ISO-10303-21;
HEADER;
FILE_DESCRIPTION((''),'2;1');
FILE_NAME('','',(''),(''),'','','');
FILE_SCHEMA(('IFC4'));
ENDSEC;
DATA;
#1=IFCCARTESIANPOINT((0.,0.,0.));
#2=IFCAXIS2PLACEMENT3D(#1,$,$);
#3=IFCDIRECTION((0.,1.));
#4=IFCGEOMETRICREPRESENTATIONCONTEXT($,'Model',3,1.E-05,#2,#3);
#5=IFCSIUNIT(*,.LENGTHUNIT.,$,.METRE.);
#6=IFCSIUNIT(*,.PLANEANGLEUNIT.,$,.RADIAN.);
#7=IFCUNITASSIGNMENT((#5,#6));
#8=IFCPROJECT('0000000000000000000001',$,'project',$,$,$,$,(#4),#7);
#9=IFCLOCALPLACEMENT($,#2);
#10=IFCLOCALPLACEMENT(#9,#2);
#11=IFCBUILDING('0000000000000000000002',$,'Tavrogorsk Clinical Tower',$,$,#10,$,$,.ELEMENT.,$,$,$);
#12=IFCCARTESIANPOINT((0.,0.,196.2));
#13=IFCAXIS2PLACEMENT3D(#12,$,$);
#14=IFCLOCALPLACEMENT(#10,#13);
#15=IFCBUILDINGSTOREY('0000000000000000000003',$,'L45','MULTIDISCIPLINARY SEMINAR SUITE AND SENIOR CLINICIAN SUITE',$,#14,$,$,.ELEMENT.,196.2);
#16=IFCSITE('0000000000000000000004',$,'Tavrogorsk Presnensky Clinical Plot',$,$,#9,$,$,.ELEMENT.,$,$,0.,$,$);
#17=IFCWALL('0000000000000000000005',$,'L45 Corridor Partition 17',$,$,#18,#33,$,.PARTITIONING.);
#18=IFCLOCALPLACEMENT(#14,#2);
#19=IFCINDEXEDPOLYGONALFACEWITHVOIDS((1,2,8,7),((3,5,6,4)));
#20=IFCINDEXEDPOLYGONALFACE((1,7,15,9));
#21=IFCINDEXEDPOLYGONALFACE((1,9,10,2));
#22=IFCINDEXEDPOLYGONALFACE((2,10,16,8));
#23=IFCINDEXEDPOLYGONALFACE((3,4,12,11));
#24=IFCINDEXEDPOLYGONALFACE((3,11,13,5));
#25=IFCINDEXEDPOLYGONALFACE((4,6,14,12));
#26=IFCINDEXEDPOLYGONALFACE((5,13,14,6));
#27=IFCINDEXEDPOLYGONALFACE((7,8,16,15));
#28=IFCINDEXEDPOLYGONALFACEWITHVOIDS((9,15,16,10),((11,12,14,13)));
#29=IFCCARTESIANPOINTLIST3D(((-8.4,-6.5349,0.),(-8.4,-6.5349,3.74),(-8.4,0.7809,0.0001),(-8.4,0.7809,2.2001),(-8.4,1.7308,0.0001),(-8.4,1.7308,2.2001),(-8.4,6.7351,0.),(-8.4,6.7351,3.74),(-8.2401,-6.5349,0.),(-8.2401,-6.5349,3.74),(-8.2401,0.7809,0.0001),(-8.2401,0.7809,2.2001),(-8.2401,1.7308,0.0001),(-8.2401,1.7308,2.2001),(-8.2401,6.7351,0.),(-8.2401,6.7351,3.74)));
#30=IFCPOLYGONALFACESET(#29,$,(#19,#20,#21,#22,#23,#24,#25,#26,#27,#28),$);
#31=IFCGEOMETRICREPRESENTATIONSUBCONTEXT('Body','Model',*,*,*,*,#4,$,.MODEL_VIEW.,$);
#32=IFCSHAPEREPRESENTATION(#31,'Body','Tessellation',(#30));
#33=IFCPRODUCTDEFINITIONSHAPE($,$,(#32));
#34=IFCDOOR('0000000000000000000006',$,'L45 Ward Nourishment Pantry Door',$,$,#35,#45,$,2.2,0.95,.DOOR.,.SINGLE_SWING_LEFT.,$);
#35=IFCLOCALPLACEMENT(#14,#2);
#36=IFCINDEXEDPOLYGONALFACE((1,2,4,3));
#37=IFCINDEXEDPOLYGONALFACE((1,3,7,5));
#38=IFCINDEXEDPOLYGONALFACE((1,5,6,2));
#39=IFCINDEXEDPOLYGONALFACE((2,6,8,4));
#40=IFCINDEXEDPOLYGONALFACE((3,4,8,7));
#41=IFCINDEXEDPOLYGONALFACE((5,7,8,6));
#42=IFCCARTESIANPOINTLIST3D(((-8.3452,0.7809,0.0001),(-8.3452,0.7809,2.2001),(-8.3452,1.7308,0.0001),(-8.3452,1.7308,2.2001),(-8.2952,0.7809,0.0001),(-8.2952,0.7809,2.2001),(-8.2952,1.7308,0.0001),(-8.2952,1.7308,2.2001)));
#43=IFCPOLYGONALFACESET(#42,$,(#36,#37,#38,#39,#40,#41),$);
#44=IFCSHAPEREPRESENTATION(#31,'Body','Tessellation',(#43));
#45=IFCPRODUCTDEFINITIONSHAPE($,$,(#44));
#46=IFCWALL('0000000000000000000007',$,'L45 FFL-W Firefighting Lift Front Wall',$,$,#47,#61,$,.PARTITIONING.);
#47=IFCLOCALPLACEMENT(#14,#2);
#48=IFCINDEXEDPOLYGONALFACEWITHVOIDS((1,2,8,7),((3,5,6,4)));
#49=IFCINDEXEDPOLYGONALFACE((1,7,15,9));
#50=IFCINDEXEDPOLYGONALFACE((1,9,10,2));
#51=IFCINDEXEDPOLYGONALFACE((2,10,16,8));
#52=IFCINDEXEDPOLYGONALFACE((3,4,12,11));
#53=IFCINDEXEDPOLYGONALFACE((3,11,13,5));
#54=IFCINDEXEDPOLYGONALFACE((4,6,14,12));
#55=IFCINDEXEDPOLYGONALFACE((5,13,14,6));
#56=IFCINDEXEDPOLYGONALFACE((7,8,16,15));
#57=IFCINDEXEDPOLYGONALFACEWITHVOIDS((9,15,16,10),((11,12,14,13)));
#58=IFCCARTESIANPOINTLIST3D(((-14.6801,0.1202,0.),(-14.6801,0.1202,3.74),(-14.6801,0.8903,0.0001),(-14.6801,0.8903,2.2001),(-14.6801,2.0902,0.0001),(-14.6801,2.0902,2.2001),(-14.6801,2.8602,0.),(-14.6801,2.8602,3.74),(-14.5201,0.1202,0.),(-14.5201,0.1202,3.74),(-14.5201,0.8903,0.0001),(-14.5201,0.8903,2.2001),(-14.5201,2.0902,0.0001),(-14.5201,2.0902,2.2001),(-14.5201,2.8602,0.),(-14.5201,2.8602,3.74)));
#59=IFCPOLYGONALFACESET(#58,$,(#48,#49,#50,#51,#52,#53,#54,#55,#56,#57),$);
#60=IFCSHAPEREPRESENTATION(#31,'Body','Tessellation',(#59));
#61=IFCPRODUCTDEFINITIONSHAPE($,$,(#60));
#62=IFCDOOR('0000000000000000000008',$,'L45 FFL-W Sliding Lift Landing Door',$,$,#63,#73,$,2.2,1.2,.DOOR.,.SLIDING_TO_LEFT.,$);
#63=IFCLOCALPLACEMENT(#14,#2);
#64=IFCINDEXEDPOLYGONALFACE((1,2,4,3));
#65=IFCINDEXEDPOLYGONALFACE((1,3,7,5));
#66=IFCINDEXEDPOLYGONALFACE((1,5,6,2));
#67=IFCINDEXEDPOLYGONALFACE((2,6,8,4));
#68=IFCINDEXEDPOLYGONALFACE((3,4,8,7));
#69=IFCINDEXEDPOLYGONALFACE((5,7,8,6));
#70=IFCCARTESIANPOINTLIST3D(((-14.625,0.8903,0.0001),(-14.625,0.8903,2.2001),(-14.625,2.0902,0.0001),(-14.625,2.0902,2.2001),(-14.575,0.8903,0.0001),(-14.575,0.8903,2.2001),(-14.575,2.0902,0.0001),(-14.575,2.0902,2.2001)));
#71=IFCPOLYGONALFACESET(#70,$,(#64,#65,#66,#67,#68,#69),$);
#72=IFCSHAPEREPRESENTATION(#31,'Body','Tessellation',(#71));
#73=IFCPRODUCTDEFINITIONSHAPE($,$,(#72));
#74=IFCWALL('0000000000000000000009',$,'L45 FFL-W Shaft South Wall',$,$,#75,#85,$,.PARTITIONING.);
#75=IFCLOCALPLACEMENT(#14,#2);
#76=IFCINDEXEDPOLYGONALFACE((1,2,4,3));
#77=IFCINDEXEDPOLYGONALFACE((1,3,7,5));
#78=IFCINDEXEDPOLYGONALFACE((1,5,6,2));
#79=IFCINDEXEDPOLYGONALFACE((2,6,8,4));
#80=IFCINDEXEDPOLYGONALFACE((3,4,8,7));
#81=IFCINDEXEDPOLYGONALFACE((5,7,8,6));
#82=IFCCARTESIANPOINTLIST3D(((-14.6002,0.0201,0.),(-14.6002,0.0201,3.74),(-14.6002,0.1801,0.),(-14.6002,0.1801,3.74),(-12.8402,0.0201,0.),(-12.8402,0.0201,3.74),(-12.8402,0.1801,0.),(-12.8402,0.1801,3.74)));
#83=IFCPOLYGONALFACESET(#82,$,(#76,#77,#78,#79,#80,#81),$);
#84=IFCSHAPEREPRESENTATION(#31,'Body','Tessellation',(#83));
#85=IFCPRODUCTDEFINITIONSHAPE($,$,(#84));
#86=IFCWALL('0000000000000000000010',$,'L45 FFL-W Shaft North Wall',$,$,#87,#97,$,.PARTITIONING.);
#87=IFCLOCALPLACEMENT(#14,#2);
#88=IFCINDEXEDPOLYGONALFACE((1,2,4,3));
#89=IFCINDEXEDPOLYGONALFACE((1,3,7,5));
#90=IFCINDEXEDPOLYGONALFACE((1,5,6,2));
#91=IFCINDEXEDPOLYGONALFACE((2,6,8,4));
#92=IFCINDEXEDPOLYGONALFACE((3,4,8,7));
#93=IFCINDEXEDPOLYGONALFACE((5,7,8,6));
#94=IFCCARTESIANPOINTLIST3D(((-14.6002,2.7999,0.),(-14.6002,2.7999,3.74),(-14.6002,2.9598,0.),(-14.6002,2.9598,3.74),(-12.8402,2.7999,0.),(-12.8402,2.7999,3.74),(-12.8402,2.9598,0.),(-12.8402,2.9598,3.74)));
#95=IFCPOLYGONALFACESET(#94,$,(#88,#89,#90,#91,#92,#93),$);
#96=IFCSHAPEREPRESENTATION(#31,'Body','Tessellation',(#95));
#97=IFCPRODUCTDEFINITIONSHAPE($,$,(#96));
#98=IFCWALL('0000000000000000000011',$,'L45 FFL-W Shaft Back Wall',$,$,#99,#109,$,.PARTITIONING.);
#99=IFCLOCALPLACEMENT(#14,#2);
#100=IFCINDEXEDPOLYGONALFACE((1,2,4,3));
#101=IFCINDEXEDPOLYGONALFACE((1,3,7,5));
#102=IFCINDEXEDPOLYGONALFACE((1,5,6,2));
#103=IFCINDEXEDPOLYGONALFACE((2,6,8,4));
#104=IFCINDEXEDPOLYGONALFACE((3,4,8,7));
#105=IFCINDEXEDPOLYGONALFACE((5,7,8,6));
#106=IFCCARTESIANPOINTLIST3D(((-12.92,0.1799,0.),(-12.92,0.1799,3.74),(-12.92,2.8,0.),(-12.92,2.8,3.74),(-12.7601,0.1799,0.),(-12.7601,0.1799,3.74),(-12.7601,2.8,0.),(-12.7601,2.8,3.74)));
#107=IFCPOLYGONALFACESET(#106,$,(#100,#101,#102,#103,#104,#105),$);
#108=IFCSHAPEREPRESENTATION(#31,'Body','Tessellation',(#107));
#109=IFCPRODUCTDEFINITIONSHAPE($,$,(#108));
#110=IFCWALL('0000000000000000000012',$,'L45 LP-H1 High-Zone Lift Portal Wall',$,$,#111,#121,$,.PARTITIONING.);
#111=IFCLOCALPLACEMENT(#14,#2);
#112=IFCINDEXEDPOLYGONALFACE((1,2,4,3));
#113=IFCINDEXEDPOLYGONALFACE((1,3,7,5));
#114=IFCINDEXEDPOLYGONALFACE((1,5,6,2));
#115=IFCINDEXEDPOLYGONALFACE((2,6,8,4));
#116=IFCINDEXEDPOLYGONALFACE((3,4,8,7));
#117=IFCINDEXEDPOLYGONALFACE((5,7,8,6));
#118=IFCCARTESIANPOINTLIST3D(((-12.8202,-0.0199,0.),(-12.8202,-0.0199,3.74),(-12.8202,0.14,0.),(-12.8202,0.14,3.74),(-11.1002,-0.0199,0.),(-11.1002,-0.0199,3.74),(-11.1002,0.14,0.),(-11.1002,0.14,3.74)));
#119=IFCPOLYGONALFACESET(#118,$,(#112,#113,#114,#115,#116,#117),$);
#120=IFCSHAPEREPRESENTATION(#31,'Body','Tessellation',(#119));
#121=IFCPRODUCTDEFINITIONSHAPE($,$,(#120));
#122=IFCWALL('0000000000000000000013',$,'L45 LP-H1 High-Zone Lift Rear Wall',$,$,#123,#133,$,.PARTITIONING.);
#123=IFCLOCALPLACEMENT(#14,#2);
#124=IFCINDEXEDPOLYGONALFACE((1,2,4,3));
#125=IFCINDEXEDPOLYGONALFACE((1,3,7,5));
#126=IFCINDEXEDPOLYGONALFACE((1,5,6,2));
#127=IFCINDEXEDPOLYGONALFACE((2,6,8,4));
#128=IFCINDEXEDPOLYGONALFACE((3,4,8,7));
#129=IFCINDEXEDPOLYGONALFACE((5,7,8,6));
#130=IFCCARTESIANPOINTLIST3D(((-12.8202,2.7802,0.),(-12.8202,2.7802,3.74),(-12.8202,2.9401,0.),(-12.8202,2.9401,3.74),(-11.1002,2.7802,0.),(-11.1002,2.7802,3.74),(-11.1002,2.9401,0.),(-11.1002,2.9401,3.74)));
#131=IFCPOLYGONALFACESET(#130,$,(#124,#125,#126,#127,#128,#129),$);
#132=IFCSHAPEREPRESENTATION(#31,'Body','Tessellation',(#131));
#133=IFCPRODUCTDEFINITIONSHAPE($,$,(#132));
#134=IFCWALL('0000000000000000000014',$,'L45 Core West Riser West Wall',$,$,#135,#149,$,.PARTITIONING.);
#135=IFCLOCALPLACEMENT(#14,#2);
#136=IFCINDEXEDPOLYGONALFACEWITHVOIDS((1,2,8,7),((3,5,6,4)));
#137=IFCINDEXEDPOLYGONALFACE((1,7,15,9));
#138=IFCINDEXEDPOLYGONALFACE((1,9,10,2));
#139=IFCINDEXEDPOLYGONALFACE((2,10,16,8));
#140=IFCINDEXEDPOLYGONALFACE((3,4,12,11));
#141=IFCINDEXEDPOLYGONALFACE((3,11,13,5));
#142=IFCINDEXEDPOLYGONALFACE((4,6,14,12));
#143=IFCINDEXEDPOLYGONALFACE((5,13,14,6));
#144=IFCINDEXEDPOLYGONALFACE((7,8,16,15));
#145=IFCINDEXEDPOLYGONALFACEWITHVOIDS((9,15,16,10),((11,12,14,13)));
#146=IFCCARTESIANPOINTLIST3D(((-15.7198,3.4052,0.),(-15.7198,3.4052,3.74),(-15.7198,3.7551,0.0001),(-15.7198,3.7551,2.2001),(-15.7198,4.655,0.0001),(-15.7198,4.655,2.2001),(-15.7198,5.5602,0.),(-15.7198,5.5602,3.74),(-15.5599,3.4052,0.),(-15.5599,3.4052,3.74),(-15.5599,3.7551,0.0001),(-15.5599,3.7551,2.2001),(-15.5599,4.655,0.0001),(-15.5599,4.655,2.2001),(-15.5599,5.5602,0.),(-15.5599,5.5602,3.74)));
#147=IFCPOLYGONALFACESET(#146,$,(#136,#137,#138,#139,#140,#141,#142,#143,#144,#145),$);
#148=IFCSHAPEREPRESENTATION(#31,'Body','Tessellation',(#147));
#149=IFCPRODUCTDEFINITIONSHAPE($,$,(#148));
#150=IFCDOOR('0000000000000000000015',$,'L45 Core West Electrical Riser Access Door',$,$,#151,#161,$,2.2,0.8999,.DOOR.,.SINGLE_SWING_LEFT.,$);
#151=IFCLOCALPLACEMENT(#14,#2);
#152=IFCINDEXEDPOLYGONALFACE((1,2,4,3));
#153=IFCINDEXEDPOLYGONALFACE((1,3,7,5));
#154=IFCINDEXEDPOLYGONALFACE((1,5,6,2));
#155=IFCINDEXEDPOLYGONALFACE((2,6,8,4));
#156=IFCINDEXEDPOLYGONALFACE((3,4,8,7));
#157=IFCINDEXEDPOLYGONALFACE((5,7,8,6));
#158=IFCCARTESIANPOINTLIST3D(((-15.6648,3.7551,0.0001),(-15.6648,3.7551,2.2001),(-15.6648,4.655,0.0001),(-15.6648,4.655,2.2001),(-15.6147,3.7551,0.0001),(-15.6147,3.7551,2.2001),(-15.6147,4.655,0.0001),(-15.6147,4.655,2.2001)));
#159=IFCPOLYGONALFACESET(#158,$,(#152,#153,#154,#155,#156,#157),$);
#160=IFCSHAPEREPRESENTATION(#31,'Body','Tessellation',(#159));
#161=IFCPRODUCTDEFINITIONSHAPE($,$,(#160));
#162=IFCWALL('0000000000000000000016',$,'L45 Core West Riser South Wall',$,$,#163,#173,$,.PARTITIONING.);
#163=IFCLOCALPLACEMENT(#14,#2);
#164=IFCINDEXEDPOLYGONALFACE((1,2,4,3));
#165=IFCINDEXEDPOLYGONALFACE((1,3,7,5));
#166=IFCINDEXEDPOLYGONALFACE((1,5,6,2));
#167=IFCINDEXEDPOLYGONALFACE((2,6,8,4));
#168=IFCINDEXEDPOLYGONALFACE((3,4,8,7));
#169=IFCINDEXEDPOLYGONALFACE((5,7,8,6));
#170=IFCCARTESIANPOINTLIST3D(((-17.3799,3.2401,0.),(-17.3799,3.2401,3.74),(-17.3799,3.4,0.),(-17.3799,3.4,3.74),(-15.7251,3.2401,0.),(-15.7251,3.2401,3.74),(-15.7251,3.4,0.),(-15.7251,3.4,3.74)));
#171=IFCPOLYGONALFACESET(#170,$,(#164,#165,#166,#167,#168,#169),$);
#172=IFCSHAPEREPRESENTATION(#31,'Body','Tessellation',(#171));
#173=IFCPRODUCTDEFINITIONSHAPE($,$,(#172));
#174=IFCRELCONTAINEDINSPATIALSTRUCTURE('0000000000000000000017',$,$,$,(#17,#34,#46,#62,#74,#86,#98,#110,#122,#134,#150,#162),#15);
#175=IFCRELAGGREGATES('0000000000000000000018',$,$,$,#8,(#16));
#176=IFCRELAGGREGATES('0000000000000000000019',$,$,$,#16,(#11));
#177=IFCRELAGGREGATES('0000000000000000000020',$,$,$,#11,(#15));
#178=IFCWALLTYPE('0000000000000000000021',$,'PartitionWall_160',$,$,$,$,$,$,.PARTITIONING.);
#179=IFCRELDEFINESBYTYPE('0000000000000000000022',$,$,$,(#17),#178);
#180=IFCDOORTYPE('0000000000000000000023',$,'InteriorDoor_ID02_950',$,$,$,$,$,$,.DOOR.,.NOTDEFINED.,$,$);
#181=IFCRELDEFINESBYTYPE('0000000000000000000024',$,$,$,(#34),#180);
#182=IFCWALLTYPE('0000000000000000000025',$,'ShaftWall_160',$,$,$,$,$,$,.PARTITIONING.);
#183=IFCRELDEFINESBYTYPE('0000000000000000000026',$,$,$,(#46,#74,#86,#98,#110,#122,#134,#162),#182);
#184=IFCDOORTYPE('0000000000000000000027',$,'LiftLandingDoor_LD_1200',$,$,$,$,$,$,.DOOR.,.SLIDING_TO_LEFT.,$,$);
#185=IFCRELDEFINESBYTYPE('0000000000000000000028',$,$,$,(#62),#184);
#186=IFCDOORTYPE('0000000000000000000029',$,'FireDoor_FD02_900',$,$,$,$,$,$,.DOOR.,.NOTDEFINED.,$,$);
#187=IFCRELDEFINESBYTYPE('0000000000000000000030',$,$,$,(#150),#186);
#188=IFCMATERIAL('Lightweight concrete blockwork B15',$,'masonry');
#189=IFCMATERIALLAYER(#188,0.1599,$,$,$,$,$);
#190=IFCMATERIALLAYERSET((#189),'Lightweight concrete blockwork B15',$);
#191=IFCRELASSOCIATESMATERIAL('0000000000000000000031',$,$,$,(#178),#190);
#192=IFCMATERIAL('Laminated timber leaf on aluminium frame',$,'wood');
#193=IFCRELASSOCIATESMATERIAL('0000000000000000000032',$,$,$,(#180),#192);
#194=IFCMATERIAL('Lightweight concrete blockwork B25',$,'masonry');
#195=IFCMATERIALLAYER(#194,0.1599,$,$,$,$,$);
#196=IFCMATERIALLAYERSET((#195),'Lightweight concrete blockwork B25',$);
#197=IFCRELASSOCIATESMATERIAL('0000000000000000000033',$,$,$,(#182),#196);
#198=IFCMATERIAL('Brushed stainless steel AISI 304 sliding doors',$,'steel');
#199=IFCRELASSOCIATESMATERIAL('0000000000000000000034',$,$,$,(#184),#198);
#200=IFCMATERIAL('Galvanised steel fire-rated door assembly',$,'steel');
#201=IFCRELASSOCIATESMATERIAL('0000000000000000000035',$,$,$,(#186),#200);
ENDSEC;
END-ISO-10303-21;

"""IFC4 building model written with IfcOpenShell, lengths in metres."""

from ifc_helpers import new_model, si_unit, direction, frame, frame_2d, origin, place, context, subcontext, project, spatial, rectangle, extrude, material, layer, layer_set, type_object, element, fill, save


model = new_model("IFC4")

# Units and contexts
model_context = context("Model", 3, precision=1e-05, world=origin(), true_north=direction((0.0, 1.0)))
body_context = subcontext(model_context, "Body", "Model", "MODEL_VIEW")
ifc_project = project(units=[si_unit("LENGTHUNIT", "METRE"), si_unit("PLANEANGLEUNIT", "RADIAN")], contexts=[model_context])

# Site, building, storey
site_placement = place(None, origin())
site = spatial("IfcSite", under=ifc_project, at=site_placement, Name="Tavrogorsk Presnensky Clinical Plot", CompositionType="ELEMENT", RefElevation=0.0)
building_placement = place(site_placement, origin())
building = spatial("IfcBuilding", under=site, at=building_placement, Name="Tavrogorsk Clinical Tower", CompositionType="ELEMENT")
storey_placement = place(building_placement, frame((0.0, 0.0, 196.2)))
storey = spatial("IfcBuildingStorey", under=building, at=storey_placement, Name="L45", Description="MULTIDISCIPLINARY SEMINAR SUITE AND SENIOR CLINICIAN SUITE", CompositionType="ELEMENT", Elevation=196.2)

# Shared definitions
ifc_material_1 = material(Name="Lightweight concrete blockwork B15", Category="masonry")
ifc_layer_1 = layer(ifc_material_1, 0.1599)
ifc_layer_set_1 = layer_set([ifc_layer_1], Name="Lightweight concrete blockwork B15")
wall_type_1 = type_object("IfcWallType", Name="PartitionWall_160", PredefinedType="PARTITIONING", material=ifc_layer_set_1)
ifc_material_2 = material(Name="Laminated timber leaf on aluminium frame", Category="wood")
door_type_1 = type_object("IfcDoorType", Name="InteriorDoor_ID02_950", OperationType="NOTDEFINED", PredefinedType="DOOR", material=ifc_material_2)

# Walls, openings, doors
wall_1_placement = place(storey_placement, frame((-8.3201, 6.7351, 0.0), z_axis=(0.0, 0.0, 1.0), x_axis=(0.0, -1.0, 0.0)))
wall_1 = element("IfcWall", 1, at=wall_1_placement, inside=storey, type_object=wall_type_1, Name="L45 Corridor Partition 17", PredefinedType="PARTITIONING", context=body_context, shape_type="SweptSolid", body=[
    extrude(rectangle(XDim=13.27, YDim=0.1599, at=frame_2d((6.635, 0.0))), origin(), (0.0, 0.0, 1.0), 3.74),
])
opening_1_placement = place(wall_1_placement, frame((5.0042, 0.0, 0.0)))
opening_1 = element("IfcOpeningElement", 2, at=opening_1_placement, cuts=wall_1, PredefinedType="OPENING", context=body_context, shape_type="SweptSolid", body=[
    extrude(rectangle(XDim=0.95, YDim=2.2, at=frame_2d((0.4751, 1.1001))), frame((0.0, 0.0898, 0.0), z_axis=(0.0, -1.0, 0.0), x_axis=(1.0, 0.0, 0.0)), (0.0, 0.0, 1.0), 0.1799),
])
door_1_placement = place(opening_1_placement, origin())
door_1 = element("IfcDoor", 3, at=door_1_placement, inside=storey, type_object=door_type_1, Name="L45 Ward Nourishment Pantry Door", OperationType="SINGLE_SWING_LEFT", OverallHeight=2.2, OverallWidth=0.95, PredefinedType="DOOR", context=body_context, shape_type="SweptSolid", body=[
    extrude(rectangle(XDim=0.95, YDim=2.2, at=frame_2d((0.4751, 1.1001))), frame((0.0, 0.0249, 0.0), z_axis=(0.0, -1.0, 0.0), x_axis=(1.0, 0.0, 0.0)), (0.0, 0.0, 1.0), 0.05),
])
fill(opening_1, door_1)
ifc_material_3 = material(Name="Lightweight concrete blockwork B25", Category="masonry")
ifc_layer_2 = layer(ifc_material_3, 0.1599)
ifc_layer_set_2 = layer_set([ifc_layer_2], Name="Lightweight concrete blockwork B25")
wall_type_2 = type_object("IfcWallType", Name="ShaftWall_160", PredefinedType="PARTITIONING", material=ifc_layer_set_2)
wall_2_placement = place(storey_placement, frame((-14.6001, 0.1201, 0.0), z_axis=(0.0, 0.0, 1.0), x_axis=(0.0, 1.0, 0.0)))
wall_2 = element("IfcWall", 4, at=wall_2_placement, inside=storey, type_object=wall_type_2, Name="L45 FFL-W Firefighting Lift Front Wall", PredefinedType="PARTITIONING", context=body_context, shape_type="SweptSolid", body=[
    extrude(rectangle(XDim=2.74, YDim=0.1599, at=frame_2d((1.3701, 0.0))), origin(), (0.0, 0.0, 1.0), 3.74),
])
opening_2_placement = place(wall_2_placement, frame((0.77, 0.0, 0.0)))
opening_2 = element("IfcOpeningElement", 5, at=opening_2_placement, cuts=wall_2, PredefinedType="OPENING", context=body_context, shape_type="SweptSolid", body=[
    extrude(rectangle(XDim=1.2, YDim=2.2, at=frame_2d((0.6001, 1.1001))), frame((0.0, 0.0898, 0.0), z_axis=(0.0, -1.0, 0.0), x_axis=(1.0, 0.0, 0.0)), (0.0, 0.0, 1.0), 0.1799),
])
ifc_material_4 = material(Name="Brushed stainless steel AISI 304 sliding doors", Category="steel")
door_type_2 = type_object("IfcDoorType", Name="LiftLandingDoor_LD_1200", OperationType="SLIDING_TO_LEFT", PredefinedType="DOOR", material=ifc_material_4)
door_2_placement = place(opening_2_placement, origin())
door_2 = element("IfcDoor", 6, at=door_2_placement, inside=storey, type_object=door_type_2, Name="L45 FFL-W Sliding Lift Landing Door", OperationType="SLIDING_TO_LEFT", OverallHeight=2.2, OverallWidth=1.2, PredefinedType="DOOR", context=body_context, shape_type="SweptSolid", body=[
    extrude(rectangle(XDim=1.2, YDim=2.2, at=frame_2d((0.6001, 1.1001))), frame((0.0, 0.0249, 0.0), z_axis=(0.0, -1.0, 0.0), x_axis=(1.0, 0.0, 0.0)), (0.0, 0.0, 1.0), 0.05),
])
fill(opening_2, door_2)

# Walls
for number, where, z_axis, x_axis, name in (
    (7, (-14.6001, 0.1001, 0.0), (0.0, 0.0, 1.0), (1.0, 0.0, 0.0), "L45 FFL-W Shaft South Wall"),
    (8, (-14.6001, 2.8799, 0.0), (0.0, 0.0, 1.0), (1.0, 0.0, 0.0), "L45 FFL-W Shaft North Wall"),
):
    element("IfcWall", number, at=place(storey_placement, frame(where, z_axis=z_axis, x_axis=x_axis)), inside=storey, type_object=wall_type_2, Name=name, PredefinedType="PARTITIONING", context=body_context, shape_type="SweptSolid", body=[
        extrude(rectangle(XDim=1.76, YDim=0.1599, at=frame_2d((0.8799, 0.0))), origin(), (0.0, 0.0, 1.0), 3.74),
    ])
wall_3_placement = place(storey_placement, frame((-12.8401, 0.1799, 0.0), z_axis=(0.0, 0.0, 1.0), x_axis=(0.0, 1.0, 0.0)))
element("IfcWall", 9, at=wall_3_placement, inside=storey, type_object=wall_type_2, Name="L45 FFL-W Shaft Back Wall", PredefinedType="PARTITIONING", context=body_context, shape_type="SweptSolid", body=[
    extrude(rectangle(XDim=2.6201, YDim=0.1599, at=frame_2d((1.3101, 0.0))), origin(), (0.0, 0.0, 1.0), 3.74),
])
for number, where, z_axis, x_axis, name in (
    (10, (-12.8201, 0.0601, 0.0), (0.0, 0.0, 1.0), (1.0, 0.0, 0.0), "L45 LP-H1 High-Zone Lift Portal Wall"),
    (11, (-12.8201, 2.8601, 0.0), (0.0, 0.0, 1.0), (1.0, 0.0, 0.0), "L45 LP-H1 High-Zone Lift Rear Wall"),
):
    element("IfcWall", number, at=place(storey_placement, frame(where, z_axis=z_axis, x_axis=x_axis)), inside=storey, type_object=wall_type_2, Name=name, PredefinedType="PARTITIONING", context=body_context, shape_type="SweptSolid", body=[
        extrude(rectangle(XDim=1.72, YDim=0.1599, at=frame_2d((0.8599, 0.0))), origin(), (0.0, 0.0, 1.0), 3.74),
    ])

# Wall, opening, door
wall_4_placement = place(storey_placement, frame((-15.6399, 3.405, 0.0), z_axis=(0.0, 0.0, 1.0), x_axis=(0.0, 1.0, 0.0)))
wall_4 = element("IfcWall", 12, at=wall_4_placement, inside=storey, type_object=wall_type_2, Name="L45 Core West Riser West Wall", PredefinedType="PARTITIONING", context=body_context, shape_type="SweptSolid", body=[
    extrude(rectangle(XDim=2.155, YDim=0.1599, at=frame_2d((1.0776, 0.0))), origin(), (0.0, 0.0, 1.0), 3.74),
])
opening_3_placement = place(wall_4_placement, frame((0.3501, 0.0, 0.0)))
opening_3 = element("IfcOpeningElement", 13, at=opening_3_placement, cuts=wall_4, PredefinedType="OPENING", context=body_context, shape_type="SweptSolid", body=[
    extrude(rectangle(XDim=0.8999, YDim=2.2, at=frame_2d((0.45, 1.1001))), frame((0.0, 0.0898, 0.0), z_axis=(0.0, -1.0, 0.0), x_axis=(1.0, 0.0, 0.0)), (0.0, 0.0, 1.0), 0.1799),
])
ifc_material_5 = material(Name="Galvanised steel fire-rated door assembly", Category="steel")
door_type_3 = type_object("IfcDoorType", Name="FireDoor_FD02_900", OperationType="NOTDEFINED", PredefinedType="DOOR", material=ifc_material_5)
door_3_placement = place(opening_3_placement, origin())
door_3 = element("IfcDoor", 14, at=door_3_placement, inside=storey, type_object=door_type_3, Name="L45 Core West Electrical Riser Access Door", OperationType="SINGLE_SWING_LEFT", OverallHeight=2.2, OverallWidth=0.8999, PredefinedType="DOOR", context=body_context, shape_type="SweptSolid", body=[
    extrude(rectangle(XDim=0.8999, YDim=2.2, at=frame_2d((0.45, 1.1001))), frame((0.0, 0.0249, 0.0), z_axis=(0.0, -1.0, 0.0), x_axis=(1.0, 0.0, 0.0)), (0.0, 0.0, 1.0), 0.05),
])
fill(opening_3, door_3)

# Wall
wall_5_placement = place(storey_placement, frame((-17.3799, 3.3201, 0.0), z_axis=(0.0, 0.0, 1.0), x_axis=(1.0, 0.0, 0.0)))
element("IfcWall", 15, at=wall_5_placement, inside=storey, type_object=wall_type_2, Name="L45 Core West Riser South Wall", PredefinedType="PARTITIONING", context=body_context, shape_type="SweptSolid", body=[
    extrude(rectangle(XDim=1.6548, YDim=0.1599, at=frame_2d((0.8274, 0.0))), origin(), (0.0, 0.0, 1.0), 3.74),
])

save(model, "model.ifc")
